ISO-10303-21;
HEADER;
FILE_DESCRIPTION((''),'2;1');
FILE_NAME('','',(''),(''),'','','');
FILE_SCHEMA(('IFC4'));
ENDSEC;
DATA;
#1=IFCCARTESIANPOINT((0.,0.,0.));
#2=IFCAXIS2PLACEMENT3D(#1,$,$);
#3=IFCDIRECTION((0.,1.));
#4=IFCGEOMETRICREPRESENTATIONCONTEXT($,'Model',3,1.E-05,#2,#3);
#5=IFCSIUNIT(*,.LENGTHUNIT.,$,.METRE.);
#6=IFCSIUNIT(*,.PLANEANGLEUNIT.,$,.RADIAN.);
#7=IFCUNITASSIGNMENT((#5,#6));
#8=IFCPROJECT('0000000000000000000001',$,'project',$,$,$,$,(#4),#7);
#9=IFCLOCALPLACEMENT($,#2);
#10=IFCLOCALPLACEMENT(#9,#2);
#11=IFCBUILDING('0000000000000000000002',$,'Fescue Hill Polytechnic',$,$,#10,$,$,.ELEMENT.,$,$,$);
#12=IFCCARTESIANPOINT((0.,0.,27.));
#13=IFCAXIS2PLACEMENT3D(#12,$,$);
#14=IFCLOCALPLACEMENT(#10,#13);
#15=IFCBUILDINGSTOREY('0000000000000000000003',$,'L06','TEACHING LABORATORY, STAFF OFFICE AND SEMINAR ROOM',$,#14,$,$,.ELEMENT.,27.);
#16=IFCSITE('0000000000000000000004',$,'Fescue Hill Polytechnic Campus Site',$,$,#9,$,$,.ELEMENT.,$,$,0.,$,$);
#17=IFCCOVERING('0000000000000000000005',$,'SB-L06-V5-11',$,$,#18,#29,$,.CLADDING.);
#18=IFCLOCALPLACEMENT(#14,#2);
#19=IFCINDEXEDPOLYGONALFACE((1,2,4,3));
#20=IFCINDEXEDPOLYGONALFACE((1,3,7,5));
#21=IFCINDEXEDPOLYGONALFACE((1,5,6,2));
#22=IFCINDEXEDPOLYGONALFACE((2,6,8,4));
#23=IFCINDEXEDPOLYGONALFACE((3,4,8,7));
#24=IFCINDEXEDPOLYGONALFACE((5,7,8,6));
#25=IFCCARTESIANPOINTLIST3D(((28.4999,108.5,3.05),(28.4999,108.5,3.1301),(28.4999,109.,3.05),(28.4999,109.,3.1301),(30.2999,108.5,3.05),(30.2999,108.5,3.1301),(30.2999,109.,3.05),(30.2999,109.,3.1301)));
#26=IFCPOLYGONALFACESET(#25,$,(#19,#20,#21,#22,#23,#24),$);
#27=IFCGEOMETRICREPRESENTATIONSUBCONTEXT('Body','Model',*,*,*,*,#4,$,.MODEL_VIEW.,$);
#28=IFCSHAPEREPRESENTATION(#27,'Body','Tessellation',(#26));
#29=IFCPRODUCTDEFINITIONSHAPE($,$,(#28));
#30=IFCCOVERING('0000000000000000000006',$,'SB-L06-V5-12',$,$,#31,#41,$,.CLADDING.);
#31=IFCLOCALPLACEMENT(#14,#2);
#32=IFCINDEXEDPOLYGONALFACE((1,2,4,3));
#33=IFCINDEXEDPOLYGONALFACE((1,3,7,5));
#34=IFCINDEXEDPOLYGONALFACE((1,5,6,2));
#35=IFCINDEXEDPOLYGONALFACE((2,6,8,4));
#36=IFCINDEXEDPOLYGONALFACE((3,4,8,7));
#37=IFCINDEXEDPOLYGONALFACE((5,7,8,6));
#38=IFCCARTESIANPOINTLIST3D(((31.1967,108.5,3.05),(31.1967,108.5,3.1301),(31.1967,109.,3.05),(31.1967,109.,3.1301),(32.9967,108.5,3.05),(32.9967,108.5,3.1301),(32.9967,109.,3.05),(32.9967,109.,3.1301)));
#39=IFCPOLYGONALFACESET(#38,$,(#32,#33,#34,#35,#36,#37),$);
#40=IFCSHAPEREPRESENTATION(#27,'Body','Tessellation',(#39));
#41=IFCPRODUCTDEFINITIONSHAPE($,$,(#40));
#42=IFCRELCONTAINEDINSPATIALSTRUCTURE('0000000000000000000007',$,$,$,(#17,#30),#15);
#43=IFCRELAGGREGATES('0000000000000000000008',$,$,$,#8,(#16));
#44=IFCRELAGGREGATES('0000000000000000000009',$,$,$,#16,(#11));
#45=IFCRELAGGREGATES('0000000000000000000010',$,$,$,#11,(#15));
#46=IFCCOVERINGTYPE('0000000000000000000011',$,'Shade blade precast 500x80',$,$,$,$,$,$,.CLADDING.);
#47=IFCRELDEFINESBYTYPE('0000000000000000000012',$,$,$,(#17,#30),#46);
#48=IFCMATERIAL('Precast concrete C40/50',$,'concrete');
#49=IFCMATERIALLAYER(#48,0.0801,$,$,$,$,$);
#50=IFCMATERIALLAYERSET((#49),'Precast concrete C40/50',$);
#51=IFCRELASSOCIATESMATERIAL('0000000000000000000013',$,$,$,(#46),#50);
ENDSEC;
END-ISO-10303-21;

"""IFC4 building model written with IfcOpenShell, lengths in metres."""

from ifc_helpers import new_model, si_unit, direction, frame, origin, origin_2d, place, context, subcontext, project, spatial, rectangle, extrude, material, layer, layer_set, type_object, element, save


model = new_model("IFC4")

# Units and contexts
model_context = context("Model", 3, precision=1e-05, world=origin(), true_north=direction((0.0, 1.0)))
body_context = subcontext(model_context, "Body", "Model", "MODEL_VIEW")
ifc_project = project(units=[si_unit("LENGTHUNIT", "METRE"), si_unit("PLANEANGLEUNIT", "RADIAN")], contexts=[model_context])

# Site, building, storey
site_placement = place(None, origin())
site = spatial("IfcSite", under=ifc_project, at=site_placement, Name="Fescue Hill Polytechnic Campus Site", CompositionType="ELEMENT", RefElevation=0.0)
building_placement = place(site_placement, origin())
building = spatial("IfcBuilding", under=site, at=building_placement, Name="Fescue Hill Polytechnic", CompositionType="ELEMENT")
storey_placement = place(building_placement, frame((0.0, 0.0, 27.0)))
storey = spatial("IfcBuildingStorey", under=building, at=storey_placement, Name="L06", Description="TEACHING LABORATORY, STAFF OFFICE AND SEMINAR ROOM", CompositionType="ELEMENT", Elevation=27.0)

# Coverings
ifc_material_1 = material(Name="Precast concrete C40/50", Category="concrete")
ifc_layer_1 = layer(ifc_material_1, 0.0801)
ifc_layer_set_1 = layer_set([ifc_layer_1], Name="Precast concrete C40/50")
covering_type = type_object("IfcCoveringType", Name="Shade blade precast 500x80", PredefinedType="CLADDING", material=ifc_layer_set_1)
for number, where, z_axis, x_axis, name in (
    (1, (29.3999, 108.75, 3.05), (0.0, 0.0, 1.0), (1.0, 0.0, 0.0), "SB-L06-V5-11"),
    (2, (32.0967, 108.75, 3.05), (0.0, 0.0, 1.0), (1.0, 0.0, 0.0), "SB-L06-V5-12"),
):
    element("IfcCovering", number, at=place(storey_placement, frame(where, z_axis=z_axis, x_axis=x_axis)), inside=storey, type_object=covering_type, Name=name, PredefinedType="CLADDING", context=body_context, shape_type="SweptSolid", body=[
        extrude(rectangle(XDim=1.8, YDim=0.5, at=origin_2d()), origin(), (0.0, 0.0, 1.0), 0.0801),
    ])

save(model, "model.ifc")
